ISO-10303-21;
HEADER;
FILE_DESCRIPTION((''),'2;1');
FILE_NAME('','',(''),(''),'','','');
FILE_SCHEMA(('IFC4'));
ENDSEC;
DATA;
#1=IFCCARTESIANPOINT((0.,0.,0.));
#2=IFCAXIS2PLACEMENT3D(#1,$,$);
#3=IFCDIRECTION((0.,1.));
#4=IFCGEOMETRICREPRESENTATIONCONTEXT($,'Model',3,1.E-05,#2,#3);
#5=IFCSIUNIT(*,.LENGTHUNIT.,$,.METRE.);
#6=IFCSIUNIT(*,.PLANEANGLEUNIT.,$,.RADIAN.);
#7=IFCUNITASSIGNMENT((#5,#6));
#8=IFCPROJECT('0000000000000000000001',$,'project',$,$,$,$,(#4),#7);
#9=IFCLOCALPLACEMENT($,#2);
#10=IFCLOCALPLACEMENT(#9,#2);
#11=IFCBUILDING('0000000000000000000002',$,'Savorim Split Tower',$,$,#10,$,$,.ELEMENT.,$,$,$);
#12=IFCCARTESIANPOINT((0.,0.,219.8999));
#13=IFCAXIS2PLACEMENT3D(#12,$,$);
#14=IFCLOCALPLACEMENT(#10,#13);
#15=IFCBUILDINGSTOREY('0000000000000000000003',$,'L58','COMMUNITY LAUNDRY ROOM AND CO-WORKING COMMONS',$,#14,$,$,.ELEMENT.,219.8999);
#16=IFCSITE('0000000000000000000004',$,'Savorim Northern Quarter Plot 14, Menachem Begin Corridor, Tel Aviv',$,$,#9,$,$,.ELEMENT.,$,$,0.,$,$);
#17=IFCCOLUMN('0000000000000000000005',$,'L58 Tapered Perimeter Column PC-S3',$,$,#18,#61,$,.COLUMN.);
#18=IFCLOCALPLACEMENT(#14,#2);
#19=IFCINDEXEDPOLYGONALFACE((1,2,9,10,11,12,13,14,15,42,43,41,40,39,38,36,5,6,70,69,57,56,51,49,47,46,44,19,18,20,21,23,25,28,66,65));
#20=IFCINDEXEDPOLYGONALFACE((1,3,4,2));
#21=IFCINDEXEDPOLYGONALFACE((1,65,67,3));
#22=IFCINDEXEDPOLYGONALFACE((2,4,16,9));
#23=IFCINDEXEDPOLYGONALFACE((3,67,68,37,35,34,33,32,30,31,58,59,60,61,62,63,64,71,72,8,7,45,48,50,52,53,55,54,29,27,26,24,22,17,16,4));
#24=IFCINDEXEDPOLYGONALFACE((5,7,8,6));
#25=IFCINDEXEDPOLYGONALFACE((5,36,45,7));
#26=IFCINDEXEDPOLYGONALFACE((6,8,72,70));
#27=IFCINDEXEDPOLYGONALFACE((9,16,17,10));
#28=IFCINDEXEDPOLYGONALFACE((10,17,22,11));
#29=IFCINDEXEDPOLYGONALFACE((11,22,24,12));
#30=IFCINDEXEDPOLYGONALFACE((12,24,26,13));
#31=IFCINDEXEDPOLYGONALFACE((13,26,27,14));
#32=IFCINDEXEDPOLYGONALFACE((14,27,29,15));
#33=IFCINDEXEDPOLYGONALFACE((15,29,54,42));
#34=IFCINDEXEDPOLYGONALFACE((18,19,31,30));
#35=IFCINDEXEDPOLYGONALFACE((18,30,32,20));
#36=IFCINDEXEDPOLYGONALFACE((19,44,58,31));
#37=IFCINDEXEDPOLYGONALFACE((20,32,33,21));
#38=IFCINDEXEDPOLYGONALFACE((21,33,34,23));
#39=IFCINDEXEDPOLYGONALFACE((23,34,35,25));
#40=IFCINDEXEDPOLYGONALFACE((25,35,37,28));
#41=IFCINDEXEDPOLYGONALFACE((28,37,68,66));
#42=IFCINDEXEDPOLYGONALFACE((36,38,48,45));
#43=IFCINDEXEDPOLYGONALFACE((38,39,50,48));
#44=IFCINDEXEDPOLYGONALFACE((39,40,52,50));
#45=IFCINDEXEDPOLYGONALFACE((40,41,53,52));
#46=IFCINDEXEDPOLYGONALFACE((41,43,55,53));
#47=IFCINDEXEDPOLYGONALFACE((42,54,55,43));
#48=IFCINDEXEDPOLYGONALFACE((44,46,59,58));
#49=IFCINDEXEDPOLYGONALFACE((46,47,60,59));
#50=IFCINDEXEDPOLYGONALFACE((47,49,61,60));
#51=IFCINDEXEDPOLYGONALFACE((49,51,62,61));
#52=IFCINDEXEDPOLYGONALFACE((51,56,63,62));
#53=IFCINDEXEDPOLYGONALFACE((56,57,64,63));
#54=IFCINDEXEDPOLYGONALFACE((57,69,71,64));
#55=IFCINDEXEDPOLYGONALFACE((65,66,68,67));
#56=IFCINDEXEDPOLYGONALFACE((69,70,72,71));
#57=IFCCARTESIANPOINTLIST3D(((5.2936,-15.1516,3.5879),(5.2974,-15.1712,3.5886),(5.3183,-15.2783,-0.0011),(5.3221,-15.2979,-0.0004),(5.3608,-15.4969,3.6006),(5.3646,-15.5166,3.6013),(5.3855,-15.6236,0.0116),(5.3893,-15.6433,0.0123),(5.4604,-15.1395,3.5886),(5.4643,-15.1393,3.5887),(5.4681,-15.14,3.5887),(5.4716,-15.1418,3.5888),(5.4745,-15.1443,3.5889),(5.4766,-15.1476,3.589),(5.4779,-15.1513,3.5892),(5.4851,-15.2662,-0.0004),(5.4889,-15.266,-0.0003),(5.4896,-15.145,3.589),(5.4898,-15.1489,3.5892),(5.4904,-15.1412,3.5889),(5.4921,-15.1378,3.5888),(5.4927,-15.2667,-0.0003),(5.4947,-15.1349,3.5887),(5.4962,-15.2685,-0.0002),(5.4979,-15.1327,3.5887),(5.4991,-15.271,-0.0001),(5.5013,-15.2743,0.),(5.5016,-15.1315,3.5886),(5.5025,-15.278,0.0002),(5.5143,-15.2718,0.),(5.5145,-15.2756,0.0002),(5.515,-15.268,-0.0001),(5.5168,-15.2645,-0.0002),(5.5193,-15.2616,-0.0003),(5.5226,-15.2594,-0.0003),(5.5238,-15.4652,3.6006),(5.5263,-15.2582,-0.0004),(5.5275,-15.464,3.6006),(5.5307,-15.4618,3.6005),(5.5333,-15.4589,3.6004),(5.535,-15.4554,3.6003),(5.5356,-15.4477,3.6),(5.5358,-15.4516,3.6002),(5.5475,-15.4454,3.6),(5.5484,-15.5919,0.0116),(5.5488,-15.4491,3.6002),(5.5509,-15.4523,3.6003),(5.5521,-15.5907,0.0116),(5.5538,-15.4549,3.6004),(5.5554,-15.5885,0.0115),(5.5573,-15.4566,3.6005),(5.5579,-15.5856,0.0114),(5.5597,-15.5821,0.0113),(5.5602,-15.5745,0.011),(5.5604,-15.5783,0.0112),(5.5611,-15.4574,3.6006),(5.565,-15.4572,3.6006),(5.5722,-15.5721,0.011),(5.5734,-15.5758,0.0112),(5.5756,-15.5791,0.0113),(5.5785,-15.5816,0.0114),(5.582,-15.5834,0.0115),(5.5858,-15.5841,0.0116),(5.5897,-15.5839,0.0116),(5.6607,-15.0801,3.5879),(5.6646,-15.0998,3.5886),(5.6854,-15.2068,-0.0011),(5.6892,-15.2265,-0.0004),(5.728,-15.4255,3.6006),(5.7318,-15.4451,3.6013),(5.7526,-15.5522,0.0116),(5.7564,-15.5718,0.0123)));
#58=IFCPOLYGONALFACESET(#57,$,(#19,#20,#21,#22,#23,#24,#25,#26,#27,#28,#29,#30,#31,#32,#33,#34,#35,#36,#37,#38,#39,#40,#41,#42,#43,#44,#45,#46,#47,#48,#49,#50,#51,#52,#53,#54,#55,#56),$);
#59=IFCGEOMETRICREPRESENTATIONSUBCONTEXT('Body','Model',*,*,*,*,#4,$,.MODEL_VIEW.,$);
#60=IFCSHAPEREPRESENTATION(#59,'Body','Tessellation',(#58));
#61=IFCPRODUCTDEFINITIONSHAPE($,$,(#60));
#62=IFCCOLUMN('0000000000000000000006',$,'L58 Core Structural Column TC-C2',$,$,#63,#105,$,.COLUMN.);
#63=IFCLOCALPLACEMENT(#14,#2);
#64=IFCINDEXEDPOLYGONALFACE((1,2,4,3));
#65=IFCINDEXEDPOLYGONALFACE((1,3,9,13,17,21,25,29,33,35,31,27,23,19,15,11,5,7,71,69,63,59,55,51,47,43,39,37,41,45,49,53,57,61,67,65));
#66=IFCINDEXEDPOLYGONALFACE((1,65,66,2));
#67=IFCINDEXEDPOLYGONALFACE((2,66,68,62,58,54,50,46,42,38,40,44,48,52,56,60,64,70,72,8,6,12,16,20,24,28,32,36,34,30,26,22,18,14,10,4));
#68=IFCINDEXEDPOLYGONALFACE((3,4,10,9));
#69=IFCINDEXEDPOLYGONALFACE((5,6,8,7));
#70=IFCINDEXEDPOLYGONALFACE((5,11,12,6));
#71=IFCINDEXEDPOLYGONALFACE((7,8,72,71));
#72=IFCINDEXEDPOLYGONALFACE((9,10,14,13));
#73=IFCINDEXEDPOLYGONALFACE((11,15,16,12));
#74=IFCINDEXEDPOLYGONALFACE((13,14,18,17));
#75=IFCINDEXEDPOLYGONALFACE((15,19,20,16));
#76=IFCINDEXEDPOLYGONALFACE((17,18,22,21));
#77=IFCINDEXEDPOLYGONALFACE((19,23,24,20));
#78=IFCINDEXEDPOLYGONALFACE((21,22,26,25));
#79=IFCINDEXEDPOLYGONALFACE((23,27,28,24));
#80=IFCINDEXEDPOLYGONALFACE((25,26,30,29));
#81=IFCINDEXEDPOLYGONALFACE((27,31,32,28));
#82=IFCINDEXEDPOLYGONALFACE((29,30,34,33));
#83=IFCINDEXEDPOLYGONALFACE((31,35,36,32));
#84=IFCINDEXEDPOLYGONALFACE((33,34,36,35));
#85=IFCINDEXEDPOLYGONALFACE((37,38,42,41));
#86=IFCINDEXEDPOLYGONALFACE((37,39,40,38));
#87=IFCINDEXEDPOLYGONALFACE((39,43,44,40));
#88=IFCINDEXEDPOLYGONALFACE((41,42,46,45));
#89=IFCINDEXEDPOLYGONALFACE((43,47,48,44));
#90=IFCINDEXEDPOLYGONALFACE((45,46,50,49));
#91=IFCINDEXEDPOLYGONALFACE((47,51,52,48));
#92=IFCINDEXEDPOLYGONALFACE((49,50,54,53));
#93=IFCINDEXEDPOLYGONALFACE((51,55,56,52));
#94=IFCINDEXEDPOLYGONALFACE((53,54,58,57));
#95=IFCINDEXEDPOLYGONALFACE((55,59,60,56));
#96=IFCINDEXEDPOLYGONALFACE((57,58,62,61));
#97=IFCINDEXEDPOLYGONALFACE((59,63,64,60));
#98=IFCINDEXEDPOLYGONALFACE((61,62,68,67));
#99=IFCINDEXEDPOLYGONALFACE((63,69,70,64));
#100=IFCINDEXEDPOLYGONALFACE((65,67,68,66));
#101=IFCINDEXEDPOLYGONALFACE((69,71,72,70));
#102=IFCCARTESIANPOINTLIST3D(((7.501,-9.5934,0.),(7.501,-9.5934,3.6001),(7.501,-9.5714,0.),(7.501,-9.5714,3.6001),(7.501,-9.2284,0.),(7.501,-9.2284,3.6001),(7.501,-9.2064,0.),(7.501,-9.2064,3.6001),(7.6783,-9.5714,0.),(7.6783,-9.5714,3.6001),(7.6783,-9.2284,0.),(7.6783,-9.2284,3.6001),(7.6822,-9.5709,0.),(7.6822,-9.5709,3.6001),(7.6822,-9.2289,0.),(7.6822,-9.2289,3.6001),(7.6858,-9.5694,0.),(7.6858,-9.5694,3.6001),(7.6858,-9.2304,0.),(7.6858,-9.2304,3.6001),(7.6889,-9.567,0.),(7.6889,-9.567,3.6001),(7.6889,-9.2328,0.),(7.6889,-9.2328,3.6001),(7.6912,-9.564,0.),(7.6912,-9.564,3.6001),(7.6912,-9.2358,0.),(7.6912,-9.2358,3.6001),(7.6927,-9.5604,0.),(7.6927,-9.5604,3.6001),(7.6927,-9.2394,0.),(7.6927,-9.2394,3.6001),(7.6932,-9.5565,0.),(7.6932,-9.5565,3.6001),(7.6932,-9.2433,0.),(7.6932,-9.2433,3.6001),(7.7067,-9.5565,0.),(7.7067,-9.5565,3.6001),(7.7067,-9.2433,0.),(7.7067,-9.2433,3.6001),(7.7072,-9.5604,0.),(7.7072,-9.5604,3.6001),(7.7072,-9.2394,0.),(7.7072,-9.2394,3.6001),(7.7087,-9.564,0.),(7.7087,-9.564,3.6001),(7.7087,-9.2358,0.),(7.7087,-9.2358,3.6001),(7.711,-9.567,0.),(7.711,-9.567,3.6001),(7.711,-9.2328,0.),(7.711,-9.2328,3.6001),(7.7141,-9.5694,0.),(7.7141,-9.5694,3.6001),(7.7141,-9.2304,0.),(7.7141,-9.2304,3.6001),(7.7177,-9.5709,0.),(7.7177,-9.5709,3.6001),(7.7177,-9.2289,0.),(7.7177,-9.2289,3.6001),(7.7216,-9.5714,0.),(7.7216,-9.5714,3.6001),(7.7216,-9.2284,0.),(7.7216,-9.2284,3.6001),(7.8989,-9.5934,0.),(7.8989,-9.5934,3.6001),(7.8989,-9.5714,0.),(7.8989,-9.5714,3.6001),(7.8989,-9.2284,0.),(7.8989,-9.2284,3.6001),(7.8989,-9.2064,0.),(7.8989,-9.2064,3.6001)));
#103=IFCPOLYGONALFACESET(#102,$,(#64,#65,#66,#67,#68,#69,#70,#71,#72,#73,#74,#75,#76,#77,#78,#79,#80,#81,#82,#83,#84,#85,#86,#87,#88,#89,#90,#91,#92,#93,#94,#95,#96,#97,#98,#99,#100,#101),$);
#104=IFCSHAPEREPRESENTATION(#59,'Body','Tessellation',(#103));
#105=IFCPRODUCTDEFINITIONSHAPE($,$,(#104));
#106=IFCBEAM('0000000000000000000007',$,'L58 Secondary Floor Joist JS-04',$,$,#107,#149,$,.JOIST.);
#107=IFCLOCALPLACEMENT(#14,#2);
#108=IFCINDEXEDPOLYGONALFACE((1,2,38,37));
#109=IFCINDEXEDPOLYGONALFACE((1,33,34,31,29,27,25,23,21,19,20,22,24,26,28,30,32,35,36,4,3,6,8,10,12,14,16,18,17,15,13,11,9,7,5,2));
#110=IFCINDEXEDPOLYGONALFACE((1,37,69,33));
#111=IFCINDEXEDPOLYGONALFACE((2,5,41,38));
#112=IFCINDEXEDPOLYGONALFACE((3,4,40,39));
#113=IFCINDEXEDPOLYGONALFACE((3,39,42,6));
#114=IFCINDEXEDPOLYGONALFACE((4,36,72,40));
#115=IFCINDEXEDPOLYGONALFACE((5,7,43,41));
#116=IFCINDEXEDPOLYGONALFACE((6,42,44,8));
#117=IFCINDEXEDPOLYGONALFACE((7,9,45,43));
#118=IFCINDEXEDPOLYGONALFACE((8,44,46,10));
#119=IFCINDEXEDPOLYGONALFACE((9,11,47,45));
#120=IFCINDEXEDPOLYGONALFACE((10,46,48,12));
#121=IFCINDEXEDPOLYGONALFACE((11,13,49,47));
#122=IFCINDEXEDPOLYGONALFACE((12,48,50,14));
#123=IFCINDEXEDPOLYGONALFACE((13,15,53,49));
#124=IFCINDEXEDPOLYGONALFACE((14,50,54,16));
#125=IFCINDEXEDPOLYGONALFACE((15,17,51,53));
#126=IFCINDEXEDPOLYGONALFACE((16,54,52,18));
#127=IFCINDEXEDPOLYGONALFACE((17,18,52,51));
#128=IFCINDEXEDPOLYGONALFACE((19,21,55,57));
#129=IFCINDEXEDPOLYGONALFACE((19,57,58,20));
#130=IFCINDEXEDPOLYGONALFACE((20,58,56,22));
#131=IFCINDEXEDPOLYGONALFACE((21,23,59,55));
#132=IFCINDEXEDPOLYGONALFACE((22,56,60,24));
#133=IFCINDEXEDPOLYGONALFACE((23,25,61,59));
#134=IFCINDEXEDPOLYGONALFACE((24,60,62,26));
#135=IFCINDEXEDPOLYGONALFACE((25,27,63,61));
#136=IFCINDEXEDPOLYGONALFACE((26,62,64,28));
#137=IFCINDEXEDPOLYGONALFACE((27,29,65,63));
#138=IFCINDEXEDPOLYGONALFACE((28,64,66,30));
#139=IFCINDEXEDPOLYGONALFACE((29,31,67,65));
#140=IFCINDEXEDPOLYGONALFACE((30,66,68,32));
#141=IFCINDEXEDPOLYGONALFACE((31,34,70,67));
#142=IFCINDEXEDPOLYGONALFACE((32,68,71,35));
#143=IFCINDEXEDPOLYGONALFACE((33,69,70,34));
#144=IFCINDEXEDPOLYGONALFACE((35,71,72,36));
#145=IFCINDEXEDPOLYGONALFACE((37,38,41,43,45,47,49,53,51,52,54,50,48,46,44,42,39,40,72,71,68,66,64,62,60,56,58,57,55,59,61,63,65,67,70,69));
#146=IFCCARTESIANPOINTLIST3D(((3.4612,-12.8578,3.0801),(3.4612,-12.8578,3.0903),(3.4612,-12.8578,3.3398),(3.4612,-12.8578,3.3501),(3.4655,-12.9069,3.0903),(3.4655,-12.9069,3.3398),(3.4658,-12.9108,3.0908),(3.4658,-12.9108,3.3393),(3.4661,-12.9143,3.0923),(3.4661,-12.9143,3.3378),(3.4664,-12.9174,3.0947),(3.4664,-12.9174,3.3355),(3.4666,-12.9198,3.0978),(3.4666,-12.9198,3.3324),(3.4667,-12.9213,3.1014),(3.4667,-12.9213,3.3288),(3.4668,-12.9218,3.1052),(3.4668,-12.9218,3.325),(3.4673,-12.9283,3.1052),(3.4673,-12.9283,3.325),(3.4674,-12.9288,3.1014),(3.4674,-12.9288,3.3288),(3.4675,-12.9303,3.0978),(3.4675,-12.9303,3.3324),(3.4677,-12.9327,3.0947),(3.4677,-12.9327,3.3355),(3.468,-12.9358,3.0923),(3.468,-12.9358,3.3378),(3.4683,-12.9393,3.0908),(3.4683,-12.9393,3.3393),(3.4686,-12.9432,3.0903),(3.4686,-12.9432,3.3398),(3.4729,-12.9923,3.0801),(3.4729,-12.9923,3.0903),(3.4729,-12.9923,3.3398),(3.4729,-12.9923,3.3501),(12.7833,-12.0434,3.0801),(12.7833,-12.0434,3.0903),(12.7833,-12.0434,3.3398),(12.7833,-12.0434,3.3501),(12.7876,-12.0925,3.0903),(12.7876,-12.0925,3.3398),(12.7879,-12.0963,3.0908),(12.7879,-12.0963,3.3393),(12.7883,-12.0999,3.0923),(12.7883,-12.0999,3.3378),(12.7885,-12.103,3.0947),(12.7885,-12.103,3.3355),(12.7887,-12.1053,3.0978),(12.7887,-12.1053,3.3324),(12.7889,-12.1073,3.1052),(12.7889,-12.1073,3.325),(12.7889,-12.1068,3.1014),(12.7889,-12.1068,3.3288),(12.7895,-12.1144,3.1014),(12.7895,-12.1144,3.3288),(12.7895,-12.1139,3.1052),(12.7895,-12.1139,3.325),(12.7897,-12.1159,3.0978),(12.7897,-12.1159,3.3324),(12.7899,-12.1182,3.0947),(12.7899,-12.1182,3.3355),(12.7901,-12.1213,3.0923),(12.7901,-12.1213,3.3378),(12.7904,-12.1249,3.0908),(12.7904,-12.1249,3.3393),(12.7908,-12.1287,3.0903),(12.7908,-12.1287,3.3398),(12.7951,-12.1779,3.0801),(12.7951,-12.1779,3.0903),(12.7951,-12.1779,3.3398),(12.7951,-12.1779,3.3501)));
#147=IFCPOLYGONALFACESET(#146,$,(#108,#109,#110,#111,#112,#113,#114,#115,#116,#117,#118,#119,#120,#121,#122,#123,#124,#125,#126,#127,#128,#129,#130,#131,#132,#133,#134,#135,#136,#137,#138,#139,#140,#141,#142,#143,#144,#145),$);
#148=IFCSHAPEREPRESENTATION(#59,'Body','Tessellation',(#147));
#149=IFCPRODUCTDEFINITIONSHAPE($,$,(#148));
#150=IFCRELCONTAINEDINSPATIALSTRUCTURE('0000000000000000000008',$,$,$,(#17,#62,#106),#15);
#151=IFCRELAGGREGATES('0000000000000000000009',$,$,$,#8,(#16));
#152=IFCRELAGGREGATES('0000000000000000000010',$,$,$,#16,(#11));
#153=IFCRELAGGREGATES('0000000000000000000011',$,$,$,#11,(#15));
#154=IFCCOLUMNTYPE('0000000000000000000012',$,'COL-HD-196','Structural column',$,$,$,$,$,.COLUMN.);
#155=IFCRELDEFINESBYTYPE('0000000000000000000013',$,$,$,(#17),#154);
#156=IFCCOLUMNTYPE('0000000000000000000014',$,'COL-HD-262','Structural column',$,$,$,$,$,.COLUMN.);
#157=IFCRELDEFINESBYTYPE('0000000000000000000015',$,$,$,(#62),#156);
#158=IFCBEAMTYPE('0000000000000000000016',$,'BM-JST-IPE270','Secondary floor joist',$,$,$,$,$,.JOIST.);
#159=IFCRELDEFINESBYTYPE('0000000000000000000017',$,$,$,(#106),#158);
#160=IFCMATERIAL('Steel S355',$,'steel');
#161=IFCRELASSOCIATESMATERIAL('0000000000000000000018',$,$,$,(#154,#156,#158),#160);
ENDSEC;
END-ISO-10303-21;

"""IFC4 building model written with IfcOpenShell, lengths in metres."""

from ifc_helpers import new_model, si_unit, direction, frame, origin, origin_2d, place, context, subcontext, project, spatial, i_section, extrude, material, material_profile, profile_set, type_object, element, save


model = new_model("IFC4")

# Units and contexts
model_context = context("Model", 3, precision=1e-05, world=origin(), true_north=direction((0.0, 1.0)))
body_context = subcontext(model_context, "Body", "Model", "MODEL_VIEW")
ifc_project = project(units=[si_unit("LENGTHUNIT", "METRE"), si_unit("PLANEANGLEUNIT", "RADIAN")], contexts=[model_context])

# Site, building, storey
site_placement = place(None, origin())
site = spatial("IfcSite", under=ifc_project, at=site_placement, Name="Savorim Northern Quarter Plot 14, Menachem Begin Corridor, Tel Aviv", CompositionType="ELEMENT", RefElevation=0.0)
building_placement = place(site_placement, origin())
building = spatial("IfcBuilding", under=site, at=building_placement, Name="Savorim Split Tower", CompositionType="ELEMENT")
storey_placement = place(building_placement, frame((0.0, 0.0, 219.8999)))
storey = spatial("IfcBuildingStorey", under=building, at=storey_placement, Name="L58", Description="COMMUNITY LAUNDRY ROOM AND CO-WORKING COMMONS", CompositionType="ELEMENT", Elevation=219.8999)

# Columns
ifc_material_1 = material(Name="Steel S355", Category="steel")
ifc_material_profile_1 = material_profile(ifc_material_1, i_section(OverallWidth=0.374, OverallDepth=0.3721, WebThickness=0.0122, FlangeThickness=0.02, FilletRadius=0.0149, at=origin_2d()), Name="HD 360x196")
ifc_profile_set_1 = profile_set([ifc_material_profile_1], Name="Steel S355")
column_type_1 = type_object("IfcColumnType", Name="COL-HD-196", Description="Structural column", PredefinedType="COLUMN", material=ifc_profile_set_1)
column_1_placement = place(storey_placement, frame((5.5374, -15.425, 0.0056), z_axis=(-0.006866, 0.035283, 0.999354), x_axis=(-0.981586, -0.191022, 0.0)))
element("IfcColumn", 1, at=column_1_placement, inside=storey, type_object=column_type_1, Name="L58 Tapered Perimeter Column PC-S3", PredefinedType="COLUMN", context=body_context, shape_type="SweptSolid", body=[
    extrude(i_section(OverallWidth=0.374, OverallDepth=0.3721, WebThickness=0.0122, FlangeThickness=0.02, FilletRadius=0.0149, at=origin_2d()), origin(), (0.0, 0.0, 1.0), 3.5913),
])
ifc_material_profile_2 = material_profile(ifc_material_1, i_section(OverallWidth=0.3979, OverallDepth=0.387, WebThickness=0.0134, FlangeThickness=0.022, FilletRadius=0.0149, at=origin_2d()), Name="HD 400x262")
ifc_profile_set_2 = profile_set([ifc_material_profile_2], Name="Steel S355")
column_type_2 = type_object("IfcColumnType", Name="COL-HD-262", Description="Structural column", PredefinedType="COLUMN", material=ifc_profile_set_2)
column_2_placement = place(storey_placement, frame((7.7, -9.3999, 0.0), z_axis=(0.0, 0.0, 1.0), x_axis=(1.0, 0.0, 0.0)))
element("IfcColumn", 2, at=column_2_placement, inside=storey, type_object=column_type_2, Name="L58 Core Structural Column TC-C2", PredefinedType="COLUMN", context=body_context, shape_type="SweptSolid", body=[
    extrude(i_section(OverallWidth=0.3979, OverallDepth=0.387, WebThickness=0.0134, FlangeThickness=0.022, FilletRadius=0.0149, at=origin_2d()), origin(), (0.0, 0.0, 1.0), 3.6001),
])

# Beam
ifc_material_profile_3 = material_profile(ifc_material_1, i_section(OverallWidth=0.135, OverallDepth=0.27, WebThickness=0.0066, FlangeThickness=0.0103, FilletRadius=0.0149, at=origin_2d()), Name="IPE 270")
ifc_profile_set_3 = profile_set([ifc_material_profile_3], Name="Steel S355")
beam_type_1 = type_object("IfcBeamType", Name="BM-JST-IPE270", Description="Secondary floor joist", PredefinedType="JOIST", material=ifc_profile_set_3)
beam_1_placement = place(storey_placement, frame((3.467, -12.925, 3.2151), z_axis=(0.996205, 0.087035, 0.0), x_axis=(-0.087035, 0.996205, 0.0)))
element("IfcBeam", 3, at=beam_1_placement, inside=storey, type_object=beam_type_1, Name="L58 Secondary Floor Joist JS-04", PredefinedType="JOIST", context=body_context, shape_type="SweptSolid", body=[
    extrude(i_section(OverallWidth=0.135, OverallDepth=0.27, WebThickness=0.0066, FlangeThickness=0.0103, FilletRadius=0.0149, at=origin_2d()), origin(), (0.0, 0.0, 1.0), 9.3577),
])

save(model, "model.ifc")
